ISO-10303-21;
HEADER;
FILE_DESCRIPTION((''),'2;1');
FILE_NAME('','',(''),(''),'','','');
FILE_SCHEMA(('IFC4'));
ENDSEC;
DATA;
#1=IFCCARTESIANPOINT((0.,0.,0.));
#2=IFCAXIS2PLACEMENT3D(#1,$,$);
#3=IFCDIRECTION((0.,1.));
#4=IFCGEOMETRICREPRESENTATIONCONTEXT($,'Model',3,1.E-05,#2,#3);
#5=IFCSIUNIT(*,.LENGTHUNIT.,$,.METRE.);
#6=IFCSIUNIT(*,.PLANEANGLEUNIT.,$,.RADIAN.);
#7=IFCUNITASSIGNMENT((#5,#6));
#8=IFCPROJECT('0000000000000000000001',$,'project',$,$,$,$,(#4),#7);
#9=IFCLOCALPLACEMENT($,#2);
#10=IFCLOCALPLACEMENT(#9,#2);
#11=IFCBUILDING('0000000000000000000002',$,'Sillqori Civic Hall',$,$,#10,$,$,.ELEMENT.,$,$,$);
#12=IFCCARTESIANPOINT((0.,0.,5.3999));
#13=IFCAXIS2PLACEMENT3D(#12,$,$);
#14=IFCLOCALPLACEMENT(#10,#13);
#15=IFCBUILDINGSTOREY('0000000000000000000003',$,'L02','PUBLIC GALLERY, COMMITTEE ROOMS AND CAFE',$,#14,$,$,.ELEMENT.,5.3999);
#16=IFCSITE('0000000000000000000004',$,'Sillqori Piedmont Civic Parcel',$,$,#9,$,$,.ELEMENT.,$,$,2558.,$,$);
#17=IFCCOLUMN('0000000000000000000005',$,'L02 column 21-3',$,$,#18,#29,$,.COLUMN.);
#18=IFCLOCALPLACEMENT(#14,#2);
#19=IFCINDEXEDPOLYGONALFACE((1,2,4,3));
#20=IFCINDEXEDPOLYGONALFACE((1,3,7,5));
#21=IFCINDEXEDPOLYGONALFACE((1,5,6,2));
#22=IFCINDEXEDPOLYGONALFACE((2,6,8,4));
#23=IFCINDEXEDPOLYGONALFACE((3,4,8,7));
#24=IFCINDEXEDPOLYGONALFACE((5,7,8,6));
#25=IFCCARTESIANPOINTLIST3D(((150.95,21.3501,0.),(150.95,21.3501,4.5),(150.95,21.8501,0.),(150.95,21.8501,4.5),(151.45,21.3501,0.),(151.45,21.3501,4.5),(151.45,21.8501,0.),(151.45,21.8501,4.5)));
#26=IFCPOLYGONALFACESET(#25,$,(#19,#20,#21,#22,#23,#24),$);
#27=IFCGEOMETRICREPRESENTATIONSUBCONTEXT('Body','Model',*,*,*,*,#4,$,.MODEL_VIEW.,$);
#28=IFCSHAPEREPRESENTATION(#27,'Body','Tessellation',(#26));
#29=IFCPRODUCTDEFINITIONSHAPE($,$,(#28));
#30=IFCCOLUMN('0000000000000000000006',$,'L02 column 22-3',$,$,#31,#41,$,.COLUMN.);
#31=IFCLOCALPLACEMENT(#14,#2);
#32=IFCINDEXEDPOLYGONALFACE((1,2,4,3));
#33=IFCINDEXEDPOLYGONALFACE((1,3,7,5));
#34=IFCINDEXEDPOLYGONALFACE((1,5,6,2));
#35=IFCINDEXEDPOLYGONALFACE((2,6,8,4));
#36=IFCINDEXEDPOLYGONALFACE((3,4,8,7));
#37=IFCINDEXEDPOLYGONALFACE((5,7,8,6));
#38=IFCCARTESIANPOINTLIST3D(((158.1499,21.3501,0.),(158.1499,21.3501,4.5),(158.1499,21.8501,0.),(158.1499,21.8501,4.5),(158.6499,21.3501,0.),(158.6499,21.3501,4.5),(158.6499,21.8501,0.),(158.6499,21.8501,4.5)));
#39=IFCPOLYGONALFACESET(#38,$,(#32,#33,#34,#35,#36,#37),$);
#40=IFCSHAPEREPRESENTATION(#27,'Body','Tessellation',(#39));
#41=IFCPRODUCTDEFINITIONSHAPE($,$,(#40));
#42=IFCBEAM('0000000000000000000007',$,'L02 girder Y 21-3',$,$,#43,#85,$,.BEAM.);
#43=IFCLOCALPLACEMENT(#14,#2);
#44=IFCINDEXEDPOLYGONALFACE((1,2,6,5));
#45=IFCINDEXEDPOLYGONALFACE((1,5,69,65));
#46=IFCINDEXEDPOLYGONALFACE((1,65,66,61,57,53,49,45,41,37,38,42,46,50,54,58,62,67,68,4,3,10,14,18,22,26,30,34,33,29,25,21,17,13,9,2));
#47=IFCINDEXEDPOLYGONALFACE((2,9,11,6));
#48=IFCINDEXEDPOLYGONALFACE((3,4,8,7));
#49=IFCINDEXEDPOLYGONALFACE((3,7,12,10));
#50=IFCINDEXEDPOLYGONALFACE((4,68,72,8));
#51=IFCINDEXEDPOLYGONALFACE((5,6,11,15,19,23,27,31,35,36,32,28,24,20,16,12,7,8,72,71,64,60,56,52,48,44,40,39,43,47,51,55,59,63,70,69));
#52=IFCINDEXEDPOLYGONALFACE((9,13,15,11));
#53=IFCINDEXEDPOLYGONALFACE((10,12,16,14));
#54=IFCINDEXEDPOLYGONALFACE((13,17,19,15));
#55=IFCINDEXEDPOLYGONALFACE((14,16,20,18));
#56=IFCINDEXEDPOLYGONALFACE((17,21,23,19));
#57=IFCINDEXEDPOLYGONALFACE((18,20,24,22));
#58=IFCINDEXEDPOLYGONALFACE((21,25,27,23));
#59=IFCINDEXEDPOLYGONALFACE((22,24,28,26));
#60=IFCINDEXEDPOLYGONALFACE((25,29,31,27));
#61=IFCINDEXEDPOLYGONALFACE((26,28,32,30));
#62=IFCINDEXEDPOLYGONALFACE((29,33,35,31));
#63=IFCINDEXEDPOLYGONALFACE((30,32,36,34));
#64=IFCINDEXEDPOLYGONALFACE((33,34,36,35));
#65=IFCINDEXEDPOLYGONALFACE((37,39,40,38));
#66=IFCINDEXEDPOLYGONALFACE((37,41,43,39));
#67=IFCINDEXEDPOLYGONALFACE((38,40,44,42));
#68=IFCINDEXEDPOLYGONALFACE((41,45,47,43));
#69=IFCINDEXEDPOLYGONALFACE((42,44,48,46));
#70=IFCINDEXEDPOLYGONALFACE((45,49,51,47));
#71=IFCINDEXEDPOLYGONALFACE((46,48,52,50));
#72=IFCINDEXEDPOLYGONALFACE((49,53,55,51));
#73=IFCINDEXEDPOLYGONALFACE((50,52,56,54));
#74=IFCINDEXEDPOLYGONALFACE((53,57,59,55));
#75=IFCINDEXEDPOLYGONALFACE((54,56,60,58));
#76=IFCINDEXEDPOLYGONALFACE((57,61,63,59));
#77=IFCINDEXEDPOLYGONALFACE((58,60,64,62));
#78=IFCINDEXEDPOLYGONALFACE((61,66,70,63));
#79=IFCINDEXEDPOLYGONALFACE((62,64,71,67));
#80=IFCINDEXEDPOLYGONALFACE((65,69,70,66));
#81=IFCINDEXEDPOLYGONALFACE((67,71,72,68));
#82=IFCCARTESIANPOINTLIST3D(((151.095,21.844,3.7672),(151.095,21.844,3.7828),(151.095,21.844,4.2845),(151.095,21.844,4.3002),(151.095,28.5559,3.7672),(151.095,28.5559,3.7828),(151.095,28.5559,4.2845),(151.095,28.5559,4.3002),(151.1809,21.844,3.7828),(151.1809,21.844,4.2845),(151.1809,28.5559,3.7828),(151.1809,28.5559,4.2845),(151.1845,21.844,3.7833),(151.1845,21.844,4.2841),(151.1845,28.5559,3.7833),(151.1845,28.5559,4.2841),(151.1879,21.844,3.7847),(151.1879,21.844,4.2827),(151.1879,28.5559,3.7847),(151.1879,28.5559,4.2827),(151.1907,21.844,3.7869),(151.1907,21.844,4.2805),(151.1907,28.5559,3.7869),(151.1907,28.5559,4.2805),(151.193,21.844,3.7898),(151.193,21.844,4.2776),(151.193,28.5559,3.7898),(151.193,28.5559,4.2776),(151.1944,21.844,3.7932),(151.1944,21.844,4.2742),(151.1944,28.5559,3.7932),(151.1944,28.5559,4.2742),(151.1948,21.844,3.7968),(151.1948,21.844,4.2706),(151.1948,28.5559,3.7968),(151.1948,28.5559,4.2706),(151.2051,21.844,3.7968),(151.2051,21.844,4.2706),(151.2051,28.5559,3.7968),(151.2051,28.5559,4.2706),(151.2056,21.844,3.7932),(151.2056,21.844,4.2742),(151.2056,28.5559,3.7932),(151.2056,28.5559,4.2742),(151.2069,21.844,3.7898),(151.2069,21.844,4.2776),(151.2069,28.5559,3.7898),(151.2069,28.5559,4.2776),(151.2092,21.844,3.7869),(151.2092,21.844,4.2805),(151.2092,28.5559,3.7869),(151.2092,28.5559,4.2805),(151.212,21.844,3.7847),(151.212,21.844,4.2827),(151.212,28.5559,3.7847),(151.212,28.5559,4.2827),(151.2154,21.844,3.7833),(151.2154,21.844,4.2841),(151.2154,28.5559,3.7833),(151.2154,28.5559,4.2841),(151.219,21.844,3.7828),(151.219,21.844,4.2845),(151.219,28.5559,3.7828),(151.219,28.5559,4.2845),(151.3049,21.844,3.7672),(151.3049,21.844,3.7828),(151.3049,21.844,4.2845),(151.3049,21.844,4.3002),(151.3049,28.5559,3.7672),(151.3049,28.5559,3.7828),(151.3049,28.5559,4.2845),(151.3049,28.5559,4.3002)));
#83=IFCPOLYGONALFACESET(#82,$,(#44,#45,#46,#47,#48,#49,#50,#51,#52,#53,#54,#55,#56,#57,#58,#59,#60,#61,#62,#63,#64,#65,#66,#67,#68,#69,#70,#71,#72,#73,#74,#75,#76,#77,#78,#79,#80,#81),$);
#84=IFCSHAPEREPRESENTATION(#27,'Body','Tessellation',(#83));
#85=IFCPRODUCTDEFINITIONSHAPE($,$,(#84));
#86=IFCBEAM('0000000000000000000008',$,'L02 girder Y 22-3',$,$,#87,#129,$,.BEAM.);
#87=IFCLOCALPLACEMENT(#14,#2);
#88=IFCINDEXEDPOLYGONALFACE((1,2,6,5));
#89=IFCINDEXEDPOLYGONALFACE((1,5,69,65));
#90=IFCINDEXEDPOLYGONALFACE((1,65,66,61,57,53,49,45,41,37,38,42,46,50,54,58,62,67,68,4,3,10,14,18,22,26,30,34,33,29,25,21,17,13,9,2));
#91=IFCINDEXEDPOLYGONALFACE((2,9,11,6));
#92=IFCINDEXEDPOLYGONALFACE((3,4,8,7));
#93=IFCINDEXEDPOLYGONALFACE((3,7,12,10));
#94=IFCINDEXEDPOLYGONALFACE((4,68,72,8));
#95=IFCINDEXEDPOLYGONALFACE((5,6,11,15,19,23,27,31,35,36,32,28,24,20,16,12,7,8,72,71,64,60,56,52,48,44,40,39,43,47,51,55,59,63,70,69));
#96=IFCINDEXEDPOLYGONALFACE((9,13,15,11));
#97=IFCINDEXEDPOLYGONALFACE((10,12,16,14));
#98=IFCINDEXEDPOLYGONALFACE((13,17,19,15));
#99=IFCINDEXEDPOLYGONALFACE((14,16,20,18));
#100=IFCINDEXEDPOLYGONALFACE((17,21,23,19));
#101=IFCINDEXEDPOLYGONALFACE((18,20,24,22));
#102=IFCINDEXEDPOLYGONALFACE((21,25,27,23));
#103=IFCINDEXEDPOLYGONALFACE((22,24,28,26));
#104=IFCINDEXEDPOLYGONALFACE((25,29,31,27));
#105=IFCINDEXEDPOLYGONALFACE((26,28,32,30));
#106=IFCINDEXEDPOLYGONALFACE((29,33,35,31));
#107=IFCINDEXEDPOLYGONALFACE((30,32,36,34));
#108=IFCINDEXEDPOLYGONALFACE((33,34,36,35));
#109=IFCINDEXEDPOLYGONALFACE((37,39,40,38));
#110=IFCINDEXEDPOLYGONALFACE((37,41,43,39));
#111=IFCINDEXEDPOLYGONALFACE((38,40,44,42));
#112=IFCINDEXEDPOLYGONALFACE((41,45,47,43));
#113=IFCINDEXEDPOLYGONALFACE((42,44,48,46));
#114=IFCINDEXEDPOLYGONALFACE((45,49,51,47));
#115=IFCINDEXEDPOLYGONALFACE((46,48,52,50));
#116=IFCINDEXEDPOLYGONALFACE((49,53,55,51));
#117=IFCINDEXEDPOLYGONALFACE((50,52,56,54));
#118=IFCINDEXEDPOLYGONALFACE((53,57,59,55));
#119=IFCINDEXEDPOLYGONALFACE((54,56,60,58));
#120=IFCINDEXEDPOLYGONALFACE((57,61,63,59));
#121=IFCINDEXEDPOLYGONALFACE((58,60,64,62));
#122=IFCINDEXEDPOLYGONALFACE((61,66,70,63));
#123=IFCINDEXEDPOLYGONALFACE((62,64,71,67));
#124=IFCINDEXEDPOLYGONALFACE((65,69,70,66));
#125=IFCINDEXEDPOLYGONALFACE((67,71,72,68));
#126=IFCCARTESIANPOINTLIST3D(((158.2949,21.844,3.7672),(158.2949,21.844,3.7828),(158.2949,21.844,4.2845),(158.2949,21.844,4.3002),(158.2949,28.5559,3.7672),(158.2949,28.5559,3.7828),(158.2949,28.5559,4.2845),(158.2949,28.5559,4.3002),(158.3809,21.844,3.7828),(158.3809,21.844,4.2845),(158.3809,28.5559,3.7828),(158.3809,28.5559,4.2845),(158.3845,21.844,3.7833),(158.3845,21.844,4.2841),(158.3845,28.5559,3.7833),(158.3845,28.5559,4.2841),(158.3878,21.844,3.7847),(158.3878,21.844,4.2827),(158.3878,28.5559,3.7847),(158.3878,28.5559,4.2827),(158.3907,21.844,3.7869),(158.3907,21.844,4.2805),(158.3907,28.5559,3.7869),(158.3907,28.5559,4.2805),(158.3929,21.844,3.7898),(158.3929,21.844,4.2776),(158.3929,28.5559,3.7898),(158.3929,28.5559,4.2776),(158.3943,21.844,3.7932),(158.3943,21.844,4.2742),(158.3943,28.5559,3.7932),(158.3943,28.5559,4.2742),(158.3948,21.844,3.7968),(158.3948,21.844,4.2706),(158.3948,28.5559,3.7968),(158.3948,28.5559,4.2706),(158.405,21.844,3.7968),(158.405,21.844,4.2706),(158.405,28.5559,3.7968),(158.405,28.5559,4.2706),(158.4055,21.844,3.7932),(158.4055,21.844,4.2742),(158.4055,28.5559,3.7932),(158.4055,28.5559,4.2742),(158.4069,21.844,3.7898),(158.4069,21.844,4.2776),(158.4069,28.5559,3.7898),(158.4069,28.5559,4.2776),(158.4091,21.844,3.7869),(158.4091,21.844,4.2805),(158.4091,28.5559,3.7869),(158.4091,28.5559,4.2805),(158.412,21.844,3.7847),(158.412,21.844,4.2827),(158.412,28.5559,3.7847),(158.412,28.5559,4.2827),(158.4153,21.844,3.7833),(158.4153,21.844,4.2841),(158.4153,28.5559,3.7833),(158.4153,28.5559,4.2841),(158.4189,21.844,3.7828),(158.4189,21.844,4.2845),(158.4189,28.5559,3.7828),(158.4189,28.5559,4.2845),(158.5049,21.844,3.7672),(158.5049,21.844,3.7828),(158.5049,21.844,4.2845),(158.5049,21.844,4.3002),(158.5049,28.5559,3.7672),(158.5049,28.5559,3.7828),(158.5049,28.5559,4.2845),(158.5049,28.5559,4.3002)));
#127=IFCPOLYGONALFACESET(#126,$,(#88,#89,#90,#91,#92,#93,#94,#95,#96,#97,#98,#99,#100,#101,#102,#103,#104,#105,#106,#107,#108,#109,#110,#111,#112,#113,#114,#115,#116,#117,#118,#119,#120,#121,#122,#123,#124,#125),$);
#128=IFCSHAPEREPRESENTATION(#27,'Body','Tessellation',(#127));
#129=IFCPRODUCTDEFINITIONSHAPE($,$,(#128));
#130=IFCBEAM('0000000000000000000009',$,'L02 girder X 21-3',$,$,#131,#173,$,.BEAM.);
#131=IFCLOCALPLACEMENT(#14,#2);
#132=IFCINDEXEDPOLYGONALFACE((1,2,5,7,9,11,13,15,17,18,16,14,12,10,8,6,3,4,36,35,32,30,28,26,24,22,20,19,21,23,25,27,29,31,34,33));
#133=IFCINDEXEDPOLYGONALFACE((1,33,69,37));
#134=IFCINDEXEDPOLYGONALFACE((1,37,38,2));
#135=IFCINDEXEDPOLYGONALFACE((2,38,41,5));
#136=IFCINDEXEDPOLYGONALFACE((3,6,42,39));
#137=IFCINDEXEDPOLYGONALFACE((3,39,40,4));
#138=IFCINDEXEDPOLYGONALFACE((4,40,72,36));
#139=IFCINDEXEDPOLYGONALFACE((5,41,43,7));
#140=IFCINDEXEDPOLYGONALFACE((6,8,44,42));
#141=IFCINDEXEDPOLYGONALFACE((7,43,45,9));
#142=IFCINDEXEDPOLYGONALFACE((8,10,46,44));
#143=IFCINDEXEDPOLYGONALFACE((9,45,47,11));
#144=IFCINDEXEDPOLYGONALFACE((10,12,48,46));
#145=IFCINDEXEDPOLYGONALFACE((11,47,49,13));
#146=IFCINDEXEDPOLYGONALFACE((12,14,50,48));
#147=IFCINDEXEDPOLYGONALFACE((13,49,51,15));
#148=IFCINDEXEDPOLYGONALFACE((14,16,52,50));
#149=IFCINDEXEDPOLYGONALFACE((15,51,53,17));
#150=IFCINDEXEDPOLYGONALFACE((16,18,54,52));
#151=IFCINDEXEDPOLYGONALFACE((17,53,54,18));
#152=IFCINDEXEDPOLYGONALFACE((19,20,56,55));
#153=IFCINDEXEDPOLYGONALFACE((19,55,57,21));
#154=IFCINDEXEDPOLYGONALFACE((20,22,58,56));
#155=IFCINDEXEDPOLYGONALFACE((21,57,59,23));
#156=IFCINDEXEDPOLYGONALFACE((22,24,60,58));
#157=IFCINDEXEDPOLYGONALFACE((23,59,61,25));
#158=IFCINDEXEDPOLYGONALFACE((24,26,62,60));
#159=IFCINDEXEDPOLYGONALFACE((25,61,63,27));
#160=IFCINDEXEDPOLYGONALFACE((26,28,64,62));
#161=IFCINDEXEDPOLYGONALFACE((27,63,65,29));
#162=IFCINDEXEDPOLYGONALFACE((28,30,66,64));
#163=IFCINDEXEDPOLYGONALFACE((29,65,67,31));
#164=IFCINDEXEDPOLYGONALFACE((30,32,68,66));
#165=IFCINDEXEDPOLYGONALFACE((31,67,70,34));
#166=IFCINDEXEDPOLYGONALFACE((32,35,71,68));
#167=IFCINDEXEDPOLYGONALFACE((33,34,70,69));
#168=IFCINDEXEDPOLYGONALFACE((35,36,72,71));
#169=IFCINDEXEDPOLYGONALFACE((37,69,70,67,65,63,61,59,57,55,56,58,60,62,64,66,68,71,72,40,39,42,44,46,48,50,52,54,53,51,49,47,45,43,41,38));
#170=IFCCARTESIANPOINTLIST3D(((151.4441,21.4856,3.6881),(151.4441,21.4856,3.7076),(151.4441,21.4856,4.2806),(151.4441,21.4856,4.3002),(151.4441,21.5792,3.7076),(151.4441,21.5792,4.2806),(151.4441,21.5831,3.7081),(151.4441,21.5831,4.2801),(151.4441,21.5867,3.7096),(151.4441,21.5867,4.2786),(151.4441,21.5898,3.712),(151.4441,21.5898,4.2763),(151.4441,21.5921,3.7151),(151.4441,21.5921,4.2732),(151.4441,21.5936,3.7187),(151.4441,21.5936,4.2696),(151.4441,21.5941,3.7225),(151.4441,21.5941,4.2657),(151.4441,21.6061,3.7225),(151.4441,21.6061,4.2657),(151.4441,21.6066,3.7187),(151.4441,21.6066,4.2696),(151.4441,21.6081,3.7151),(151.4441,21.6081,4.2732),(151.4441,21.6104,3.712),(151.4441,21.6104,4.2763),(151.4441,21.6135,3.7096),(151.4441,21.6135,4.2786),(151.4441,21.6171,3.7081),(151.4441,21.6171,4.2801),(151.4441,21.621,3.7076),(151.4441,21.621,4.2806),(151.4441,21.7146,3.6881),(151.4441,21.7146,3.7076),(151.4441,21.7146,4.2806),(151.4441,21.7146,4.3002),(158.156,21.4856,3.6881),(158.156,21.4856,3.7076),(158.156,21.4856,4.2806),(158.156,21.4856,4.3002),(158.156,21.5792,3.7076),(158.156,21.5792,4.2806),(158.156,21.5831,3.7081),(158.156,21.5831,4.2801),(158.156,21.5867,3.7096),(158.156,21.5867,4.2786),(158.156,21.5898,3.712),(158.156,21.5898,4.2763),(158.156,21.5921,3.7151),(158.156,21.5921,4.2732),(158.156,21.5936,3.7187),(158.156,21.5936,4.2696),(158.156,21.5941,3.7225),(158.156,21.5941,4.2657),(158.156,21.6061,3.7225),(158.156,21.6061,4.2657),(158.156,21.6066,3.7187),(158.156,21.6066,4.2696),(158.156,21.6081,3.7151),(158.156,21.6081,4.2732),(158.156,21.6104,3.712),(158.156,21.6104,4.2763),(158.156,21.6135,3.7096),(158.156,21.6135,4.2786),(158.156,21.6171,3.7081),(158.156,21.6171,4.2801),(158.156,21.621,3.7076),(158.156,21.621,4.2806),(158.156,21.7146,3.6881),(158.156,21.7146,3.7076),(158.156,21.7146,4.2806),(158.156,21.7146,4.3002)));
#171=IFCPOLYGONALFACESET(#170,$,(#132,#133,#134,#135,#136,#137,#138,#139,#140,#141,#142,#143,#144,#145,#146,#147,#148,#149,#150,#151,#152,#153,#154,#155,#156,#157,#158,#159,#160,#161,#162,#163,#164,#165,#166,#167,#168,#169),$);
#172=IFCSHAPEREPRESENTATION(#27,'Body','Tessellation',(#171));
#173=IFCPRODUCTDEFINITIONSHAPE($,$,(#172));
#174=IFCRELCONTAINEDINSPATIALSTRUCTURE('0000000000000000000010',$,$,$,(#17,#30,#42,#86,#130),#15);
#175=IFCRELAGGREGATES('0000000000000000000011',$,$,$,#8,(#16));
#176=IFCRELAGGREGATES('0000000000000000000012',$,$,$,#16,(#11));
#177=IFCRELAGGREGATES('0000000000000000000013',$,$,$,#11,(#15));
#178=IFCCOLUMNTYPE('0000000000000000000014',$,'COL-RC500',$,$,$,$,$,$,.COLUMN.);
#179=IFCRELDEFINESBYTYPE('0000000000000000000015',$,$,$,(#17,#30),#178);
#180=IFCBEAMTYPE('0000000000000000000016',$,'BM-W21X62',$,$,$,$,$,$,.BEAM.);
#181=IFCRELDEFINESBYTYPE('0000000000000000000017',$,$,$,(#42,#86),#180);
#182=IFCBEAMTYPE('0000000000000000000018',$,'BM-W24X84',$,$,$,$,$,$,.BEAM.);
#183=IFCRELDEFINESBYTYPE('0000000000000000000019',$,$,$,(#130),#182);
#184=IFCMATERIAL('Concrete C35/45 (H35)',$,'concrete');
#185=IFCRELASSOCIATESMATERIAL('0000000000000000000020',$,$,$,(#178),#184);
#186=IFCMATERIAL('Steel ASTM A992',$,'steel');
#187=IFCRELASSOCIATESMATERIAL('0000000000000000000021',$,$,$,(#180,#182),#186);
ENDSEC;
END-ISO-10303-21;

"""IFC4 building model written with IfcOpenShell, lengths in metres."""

from ifc_helpers import new_model, si_unit, direction, frame, origin, origin_2d, place, context, subcontext, project, spatial, rectangle, i_section, extrude, material, material_profile, profile_set, type_object, element, save


model = new_model("IFC4")

# Units and contexts
model_context = context("Model", 3, precision=1e-05, world=origin(), true_north=direction((0.0, 1.0)))
body_context = subcontext(model_context, "Body", "Model", "MODEL_VIEW")
ifc_project = project(units=[si_unit("LENGTHUNIT", "METRE"), si_unit("PLANEANGLEUNIT", "RADIAN")], contexts=[model_context])

# Site, building, storey
site_placement = place(None, origin())
site = spatial("IfcSite", under=ifc_project, at=site_placement, Name="Sillqori Piedmont Civic Parcel", CompositionType="ELEMENT", RefElevation=2558.0)
building_placement = place(site_placement, origin())
building = spatial("IfcBuilding", under=site, at=building_placement, Name="Sillqori Civic Hall", CompositionType="ELEMENT")
storey_placement = place(building_placement, frame((0.0, 0.0, 5.3999)))
storey = spatial("IfcBuildingStorey", under=building, at=storey_placement, Name="L02", Description="PUBLIC GALLERY, COMMITTEE ROOMS AND CAFE", CompositionType="ELEMENT", Elevation=5.3999)

# Columns
ifc_material_1 = material(Name="Concrete C35/45 (H35)", Category="concrete")
ifc_material_profile_1 = material_profile(ifc_material_1, rectangle(XDim=0.5, YDim=0.5, at=origin_2d()), Name="RC 500x500")
ifc_profile_set_1 = profile_set([ifc_material_profile_1], Name="Concrete C35/45 (H35)")
column_type = type_object("IfcColumnType", Name="COL-RC500", PredefinedType="COLUMN", material=ifc_profile_set_1)
for number, where, z_axis, x_axis, name in (
    (1, (151.2, 21.6001, 0.0), (0.0, 0.0, 1.0), (1.0, 0.0, 0.0), "L02 column 21-3"),
    (2, (158.3999, 21.6001, 0.0), (0.0, 0.0, 1.0), (1.0, 0.0, 0.0), "L02 column 22-3"),
):
    element("IfcColumn", number, at=place(storey_placement, frame(where, z_axis=z_axis, x_axis=x_axis)), inside=storey, type_object=column_type, Name=name, PredefinedType="COLUMN", context=body_context, shape_type="SweptSolid", body=[
        extrude(rectangle(XDim=0.5, YDim=0.5, at=origin_2d()), origin(), (0.0, 0.0, 1.0), 4.5),
    ])

# Beams
ifc_material_2 = material(Name="Steel ASTM A992", Category="steel")
ifc_material_profile_2 = material_profile(ifc_material_2, i_section(OverallWidth=0.21, OverallDepth=0.533, WebThickness=0.0103, FlangeThickness=0.0156, FilletRadius=0.0139, at=origin_2d()), Name="W21X62")
ifc_profile_set_2 = profile_set([ifc_material_profile_2], Name="Steel ASTM A992")
beam_type_1 = type_object("IfcBeamType", Name="BM-W21X62", PredefinedType="BEAM", material=ifc_profile_set_2)
for number, where, z_axis, x_axis, name in (
    (3, (151.2, 21.844, 4.0337), (0.0, 1.0, 0.0), (-1.0, 0.0, 0.0), "L02 girder Y 21-3"),
    (4, (158.3999, 21.844, 4.0337), (0.0, 1.0, 0.0), (-1.0, 0.0, 0.0), "L02 girder Y 22-3"),
):
    element("IfcBeam", number, at=place(storey_placement, frame(where, z_axis=z_axis, x_axis=x_axis)), inside=storey, type_object=beam_type_1, Name=name, PredefinedType="BEAM", context=body_context, shape_type="SweptSolid", body=[
        extrude(i_section(OverallWidth=0.21, OverallDepth=0.533, WebThickness=0.0103, FlangeThickness=0.0156, FilletRadius=0.0139, at=origin_2d()), origin(), (0.0, 0.0, 1.0), 6.7119),
    ])
ifc_material_profile_3 = material_profile(ifc_material_2, i_section(OverallWidth=0.229, OverallDepth=0.6121, WebThickness=0.012, FlangeThickness=0.0195, FilletRadius=0.0149, at=origin_2d()), Name="W24X84")
ifc_profile_set_3 = profile_set([ifc_material_profile_3], Name="Steel ASTM A992")
beam_type_2 = type_object("IfcBeamType", Name="BM-W24X84", PredefinedType="BEAM", material=ifc_profile_set_3)
beam_placement = place(storey_placement, frame((151.4441, 21.6001, 3.9941), z_axis=(1.0, 0.0, 0.0), x_axis=(0.0, 1.0, 0.0)))
element("IfcBeam", 5, at=beam_placement, inside=storey, type_object=beam_type_2, Name="L02 girder X 21-3", PredefinedType="BEAM", context=body_context, shape_type="SweptSolid", body=[
    extrude(i_section(OverallWidth=0.229, OverallDepth=0.6121, WebThickness=0.012, FlangeThickness=0.0195, FilletRadius=0.0149, at=origin_2d()), origin(), (0.0, 0.0, 1.0), 6.7119),
])

save(model, "model.ifc")
